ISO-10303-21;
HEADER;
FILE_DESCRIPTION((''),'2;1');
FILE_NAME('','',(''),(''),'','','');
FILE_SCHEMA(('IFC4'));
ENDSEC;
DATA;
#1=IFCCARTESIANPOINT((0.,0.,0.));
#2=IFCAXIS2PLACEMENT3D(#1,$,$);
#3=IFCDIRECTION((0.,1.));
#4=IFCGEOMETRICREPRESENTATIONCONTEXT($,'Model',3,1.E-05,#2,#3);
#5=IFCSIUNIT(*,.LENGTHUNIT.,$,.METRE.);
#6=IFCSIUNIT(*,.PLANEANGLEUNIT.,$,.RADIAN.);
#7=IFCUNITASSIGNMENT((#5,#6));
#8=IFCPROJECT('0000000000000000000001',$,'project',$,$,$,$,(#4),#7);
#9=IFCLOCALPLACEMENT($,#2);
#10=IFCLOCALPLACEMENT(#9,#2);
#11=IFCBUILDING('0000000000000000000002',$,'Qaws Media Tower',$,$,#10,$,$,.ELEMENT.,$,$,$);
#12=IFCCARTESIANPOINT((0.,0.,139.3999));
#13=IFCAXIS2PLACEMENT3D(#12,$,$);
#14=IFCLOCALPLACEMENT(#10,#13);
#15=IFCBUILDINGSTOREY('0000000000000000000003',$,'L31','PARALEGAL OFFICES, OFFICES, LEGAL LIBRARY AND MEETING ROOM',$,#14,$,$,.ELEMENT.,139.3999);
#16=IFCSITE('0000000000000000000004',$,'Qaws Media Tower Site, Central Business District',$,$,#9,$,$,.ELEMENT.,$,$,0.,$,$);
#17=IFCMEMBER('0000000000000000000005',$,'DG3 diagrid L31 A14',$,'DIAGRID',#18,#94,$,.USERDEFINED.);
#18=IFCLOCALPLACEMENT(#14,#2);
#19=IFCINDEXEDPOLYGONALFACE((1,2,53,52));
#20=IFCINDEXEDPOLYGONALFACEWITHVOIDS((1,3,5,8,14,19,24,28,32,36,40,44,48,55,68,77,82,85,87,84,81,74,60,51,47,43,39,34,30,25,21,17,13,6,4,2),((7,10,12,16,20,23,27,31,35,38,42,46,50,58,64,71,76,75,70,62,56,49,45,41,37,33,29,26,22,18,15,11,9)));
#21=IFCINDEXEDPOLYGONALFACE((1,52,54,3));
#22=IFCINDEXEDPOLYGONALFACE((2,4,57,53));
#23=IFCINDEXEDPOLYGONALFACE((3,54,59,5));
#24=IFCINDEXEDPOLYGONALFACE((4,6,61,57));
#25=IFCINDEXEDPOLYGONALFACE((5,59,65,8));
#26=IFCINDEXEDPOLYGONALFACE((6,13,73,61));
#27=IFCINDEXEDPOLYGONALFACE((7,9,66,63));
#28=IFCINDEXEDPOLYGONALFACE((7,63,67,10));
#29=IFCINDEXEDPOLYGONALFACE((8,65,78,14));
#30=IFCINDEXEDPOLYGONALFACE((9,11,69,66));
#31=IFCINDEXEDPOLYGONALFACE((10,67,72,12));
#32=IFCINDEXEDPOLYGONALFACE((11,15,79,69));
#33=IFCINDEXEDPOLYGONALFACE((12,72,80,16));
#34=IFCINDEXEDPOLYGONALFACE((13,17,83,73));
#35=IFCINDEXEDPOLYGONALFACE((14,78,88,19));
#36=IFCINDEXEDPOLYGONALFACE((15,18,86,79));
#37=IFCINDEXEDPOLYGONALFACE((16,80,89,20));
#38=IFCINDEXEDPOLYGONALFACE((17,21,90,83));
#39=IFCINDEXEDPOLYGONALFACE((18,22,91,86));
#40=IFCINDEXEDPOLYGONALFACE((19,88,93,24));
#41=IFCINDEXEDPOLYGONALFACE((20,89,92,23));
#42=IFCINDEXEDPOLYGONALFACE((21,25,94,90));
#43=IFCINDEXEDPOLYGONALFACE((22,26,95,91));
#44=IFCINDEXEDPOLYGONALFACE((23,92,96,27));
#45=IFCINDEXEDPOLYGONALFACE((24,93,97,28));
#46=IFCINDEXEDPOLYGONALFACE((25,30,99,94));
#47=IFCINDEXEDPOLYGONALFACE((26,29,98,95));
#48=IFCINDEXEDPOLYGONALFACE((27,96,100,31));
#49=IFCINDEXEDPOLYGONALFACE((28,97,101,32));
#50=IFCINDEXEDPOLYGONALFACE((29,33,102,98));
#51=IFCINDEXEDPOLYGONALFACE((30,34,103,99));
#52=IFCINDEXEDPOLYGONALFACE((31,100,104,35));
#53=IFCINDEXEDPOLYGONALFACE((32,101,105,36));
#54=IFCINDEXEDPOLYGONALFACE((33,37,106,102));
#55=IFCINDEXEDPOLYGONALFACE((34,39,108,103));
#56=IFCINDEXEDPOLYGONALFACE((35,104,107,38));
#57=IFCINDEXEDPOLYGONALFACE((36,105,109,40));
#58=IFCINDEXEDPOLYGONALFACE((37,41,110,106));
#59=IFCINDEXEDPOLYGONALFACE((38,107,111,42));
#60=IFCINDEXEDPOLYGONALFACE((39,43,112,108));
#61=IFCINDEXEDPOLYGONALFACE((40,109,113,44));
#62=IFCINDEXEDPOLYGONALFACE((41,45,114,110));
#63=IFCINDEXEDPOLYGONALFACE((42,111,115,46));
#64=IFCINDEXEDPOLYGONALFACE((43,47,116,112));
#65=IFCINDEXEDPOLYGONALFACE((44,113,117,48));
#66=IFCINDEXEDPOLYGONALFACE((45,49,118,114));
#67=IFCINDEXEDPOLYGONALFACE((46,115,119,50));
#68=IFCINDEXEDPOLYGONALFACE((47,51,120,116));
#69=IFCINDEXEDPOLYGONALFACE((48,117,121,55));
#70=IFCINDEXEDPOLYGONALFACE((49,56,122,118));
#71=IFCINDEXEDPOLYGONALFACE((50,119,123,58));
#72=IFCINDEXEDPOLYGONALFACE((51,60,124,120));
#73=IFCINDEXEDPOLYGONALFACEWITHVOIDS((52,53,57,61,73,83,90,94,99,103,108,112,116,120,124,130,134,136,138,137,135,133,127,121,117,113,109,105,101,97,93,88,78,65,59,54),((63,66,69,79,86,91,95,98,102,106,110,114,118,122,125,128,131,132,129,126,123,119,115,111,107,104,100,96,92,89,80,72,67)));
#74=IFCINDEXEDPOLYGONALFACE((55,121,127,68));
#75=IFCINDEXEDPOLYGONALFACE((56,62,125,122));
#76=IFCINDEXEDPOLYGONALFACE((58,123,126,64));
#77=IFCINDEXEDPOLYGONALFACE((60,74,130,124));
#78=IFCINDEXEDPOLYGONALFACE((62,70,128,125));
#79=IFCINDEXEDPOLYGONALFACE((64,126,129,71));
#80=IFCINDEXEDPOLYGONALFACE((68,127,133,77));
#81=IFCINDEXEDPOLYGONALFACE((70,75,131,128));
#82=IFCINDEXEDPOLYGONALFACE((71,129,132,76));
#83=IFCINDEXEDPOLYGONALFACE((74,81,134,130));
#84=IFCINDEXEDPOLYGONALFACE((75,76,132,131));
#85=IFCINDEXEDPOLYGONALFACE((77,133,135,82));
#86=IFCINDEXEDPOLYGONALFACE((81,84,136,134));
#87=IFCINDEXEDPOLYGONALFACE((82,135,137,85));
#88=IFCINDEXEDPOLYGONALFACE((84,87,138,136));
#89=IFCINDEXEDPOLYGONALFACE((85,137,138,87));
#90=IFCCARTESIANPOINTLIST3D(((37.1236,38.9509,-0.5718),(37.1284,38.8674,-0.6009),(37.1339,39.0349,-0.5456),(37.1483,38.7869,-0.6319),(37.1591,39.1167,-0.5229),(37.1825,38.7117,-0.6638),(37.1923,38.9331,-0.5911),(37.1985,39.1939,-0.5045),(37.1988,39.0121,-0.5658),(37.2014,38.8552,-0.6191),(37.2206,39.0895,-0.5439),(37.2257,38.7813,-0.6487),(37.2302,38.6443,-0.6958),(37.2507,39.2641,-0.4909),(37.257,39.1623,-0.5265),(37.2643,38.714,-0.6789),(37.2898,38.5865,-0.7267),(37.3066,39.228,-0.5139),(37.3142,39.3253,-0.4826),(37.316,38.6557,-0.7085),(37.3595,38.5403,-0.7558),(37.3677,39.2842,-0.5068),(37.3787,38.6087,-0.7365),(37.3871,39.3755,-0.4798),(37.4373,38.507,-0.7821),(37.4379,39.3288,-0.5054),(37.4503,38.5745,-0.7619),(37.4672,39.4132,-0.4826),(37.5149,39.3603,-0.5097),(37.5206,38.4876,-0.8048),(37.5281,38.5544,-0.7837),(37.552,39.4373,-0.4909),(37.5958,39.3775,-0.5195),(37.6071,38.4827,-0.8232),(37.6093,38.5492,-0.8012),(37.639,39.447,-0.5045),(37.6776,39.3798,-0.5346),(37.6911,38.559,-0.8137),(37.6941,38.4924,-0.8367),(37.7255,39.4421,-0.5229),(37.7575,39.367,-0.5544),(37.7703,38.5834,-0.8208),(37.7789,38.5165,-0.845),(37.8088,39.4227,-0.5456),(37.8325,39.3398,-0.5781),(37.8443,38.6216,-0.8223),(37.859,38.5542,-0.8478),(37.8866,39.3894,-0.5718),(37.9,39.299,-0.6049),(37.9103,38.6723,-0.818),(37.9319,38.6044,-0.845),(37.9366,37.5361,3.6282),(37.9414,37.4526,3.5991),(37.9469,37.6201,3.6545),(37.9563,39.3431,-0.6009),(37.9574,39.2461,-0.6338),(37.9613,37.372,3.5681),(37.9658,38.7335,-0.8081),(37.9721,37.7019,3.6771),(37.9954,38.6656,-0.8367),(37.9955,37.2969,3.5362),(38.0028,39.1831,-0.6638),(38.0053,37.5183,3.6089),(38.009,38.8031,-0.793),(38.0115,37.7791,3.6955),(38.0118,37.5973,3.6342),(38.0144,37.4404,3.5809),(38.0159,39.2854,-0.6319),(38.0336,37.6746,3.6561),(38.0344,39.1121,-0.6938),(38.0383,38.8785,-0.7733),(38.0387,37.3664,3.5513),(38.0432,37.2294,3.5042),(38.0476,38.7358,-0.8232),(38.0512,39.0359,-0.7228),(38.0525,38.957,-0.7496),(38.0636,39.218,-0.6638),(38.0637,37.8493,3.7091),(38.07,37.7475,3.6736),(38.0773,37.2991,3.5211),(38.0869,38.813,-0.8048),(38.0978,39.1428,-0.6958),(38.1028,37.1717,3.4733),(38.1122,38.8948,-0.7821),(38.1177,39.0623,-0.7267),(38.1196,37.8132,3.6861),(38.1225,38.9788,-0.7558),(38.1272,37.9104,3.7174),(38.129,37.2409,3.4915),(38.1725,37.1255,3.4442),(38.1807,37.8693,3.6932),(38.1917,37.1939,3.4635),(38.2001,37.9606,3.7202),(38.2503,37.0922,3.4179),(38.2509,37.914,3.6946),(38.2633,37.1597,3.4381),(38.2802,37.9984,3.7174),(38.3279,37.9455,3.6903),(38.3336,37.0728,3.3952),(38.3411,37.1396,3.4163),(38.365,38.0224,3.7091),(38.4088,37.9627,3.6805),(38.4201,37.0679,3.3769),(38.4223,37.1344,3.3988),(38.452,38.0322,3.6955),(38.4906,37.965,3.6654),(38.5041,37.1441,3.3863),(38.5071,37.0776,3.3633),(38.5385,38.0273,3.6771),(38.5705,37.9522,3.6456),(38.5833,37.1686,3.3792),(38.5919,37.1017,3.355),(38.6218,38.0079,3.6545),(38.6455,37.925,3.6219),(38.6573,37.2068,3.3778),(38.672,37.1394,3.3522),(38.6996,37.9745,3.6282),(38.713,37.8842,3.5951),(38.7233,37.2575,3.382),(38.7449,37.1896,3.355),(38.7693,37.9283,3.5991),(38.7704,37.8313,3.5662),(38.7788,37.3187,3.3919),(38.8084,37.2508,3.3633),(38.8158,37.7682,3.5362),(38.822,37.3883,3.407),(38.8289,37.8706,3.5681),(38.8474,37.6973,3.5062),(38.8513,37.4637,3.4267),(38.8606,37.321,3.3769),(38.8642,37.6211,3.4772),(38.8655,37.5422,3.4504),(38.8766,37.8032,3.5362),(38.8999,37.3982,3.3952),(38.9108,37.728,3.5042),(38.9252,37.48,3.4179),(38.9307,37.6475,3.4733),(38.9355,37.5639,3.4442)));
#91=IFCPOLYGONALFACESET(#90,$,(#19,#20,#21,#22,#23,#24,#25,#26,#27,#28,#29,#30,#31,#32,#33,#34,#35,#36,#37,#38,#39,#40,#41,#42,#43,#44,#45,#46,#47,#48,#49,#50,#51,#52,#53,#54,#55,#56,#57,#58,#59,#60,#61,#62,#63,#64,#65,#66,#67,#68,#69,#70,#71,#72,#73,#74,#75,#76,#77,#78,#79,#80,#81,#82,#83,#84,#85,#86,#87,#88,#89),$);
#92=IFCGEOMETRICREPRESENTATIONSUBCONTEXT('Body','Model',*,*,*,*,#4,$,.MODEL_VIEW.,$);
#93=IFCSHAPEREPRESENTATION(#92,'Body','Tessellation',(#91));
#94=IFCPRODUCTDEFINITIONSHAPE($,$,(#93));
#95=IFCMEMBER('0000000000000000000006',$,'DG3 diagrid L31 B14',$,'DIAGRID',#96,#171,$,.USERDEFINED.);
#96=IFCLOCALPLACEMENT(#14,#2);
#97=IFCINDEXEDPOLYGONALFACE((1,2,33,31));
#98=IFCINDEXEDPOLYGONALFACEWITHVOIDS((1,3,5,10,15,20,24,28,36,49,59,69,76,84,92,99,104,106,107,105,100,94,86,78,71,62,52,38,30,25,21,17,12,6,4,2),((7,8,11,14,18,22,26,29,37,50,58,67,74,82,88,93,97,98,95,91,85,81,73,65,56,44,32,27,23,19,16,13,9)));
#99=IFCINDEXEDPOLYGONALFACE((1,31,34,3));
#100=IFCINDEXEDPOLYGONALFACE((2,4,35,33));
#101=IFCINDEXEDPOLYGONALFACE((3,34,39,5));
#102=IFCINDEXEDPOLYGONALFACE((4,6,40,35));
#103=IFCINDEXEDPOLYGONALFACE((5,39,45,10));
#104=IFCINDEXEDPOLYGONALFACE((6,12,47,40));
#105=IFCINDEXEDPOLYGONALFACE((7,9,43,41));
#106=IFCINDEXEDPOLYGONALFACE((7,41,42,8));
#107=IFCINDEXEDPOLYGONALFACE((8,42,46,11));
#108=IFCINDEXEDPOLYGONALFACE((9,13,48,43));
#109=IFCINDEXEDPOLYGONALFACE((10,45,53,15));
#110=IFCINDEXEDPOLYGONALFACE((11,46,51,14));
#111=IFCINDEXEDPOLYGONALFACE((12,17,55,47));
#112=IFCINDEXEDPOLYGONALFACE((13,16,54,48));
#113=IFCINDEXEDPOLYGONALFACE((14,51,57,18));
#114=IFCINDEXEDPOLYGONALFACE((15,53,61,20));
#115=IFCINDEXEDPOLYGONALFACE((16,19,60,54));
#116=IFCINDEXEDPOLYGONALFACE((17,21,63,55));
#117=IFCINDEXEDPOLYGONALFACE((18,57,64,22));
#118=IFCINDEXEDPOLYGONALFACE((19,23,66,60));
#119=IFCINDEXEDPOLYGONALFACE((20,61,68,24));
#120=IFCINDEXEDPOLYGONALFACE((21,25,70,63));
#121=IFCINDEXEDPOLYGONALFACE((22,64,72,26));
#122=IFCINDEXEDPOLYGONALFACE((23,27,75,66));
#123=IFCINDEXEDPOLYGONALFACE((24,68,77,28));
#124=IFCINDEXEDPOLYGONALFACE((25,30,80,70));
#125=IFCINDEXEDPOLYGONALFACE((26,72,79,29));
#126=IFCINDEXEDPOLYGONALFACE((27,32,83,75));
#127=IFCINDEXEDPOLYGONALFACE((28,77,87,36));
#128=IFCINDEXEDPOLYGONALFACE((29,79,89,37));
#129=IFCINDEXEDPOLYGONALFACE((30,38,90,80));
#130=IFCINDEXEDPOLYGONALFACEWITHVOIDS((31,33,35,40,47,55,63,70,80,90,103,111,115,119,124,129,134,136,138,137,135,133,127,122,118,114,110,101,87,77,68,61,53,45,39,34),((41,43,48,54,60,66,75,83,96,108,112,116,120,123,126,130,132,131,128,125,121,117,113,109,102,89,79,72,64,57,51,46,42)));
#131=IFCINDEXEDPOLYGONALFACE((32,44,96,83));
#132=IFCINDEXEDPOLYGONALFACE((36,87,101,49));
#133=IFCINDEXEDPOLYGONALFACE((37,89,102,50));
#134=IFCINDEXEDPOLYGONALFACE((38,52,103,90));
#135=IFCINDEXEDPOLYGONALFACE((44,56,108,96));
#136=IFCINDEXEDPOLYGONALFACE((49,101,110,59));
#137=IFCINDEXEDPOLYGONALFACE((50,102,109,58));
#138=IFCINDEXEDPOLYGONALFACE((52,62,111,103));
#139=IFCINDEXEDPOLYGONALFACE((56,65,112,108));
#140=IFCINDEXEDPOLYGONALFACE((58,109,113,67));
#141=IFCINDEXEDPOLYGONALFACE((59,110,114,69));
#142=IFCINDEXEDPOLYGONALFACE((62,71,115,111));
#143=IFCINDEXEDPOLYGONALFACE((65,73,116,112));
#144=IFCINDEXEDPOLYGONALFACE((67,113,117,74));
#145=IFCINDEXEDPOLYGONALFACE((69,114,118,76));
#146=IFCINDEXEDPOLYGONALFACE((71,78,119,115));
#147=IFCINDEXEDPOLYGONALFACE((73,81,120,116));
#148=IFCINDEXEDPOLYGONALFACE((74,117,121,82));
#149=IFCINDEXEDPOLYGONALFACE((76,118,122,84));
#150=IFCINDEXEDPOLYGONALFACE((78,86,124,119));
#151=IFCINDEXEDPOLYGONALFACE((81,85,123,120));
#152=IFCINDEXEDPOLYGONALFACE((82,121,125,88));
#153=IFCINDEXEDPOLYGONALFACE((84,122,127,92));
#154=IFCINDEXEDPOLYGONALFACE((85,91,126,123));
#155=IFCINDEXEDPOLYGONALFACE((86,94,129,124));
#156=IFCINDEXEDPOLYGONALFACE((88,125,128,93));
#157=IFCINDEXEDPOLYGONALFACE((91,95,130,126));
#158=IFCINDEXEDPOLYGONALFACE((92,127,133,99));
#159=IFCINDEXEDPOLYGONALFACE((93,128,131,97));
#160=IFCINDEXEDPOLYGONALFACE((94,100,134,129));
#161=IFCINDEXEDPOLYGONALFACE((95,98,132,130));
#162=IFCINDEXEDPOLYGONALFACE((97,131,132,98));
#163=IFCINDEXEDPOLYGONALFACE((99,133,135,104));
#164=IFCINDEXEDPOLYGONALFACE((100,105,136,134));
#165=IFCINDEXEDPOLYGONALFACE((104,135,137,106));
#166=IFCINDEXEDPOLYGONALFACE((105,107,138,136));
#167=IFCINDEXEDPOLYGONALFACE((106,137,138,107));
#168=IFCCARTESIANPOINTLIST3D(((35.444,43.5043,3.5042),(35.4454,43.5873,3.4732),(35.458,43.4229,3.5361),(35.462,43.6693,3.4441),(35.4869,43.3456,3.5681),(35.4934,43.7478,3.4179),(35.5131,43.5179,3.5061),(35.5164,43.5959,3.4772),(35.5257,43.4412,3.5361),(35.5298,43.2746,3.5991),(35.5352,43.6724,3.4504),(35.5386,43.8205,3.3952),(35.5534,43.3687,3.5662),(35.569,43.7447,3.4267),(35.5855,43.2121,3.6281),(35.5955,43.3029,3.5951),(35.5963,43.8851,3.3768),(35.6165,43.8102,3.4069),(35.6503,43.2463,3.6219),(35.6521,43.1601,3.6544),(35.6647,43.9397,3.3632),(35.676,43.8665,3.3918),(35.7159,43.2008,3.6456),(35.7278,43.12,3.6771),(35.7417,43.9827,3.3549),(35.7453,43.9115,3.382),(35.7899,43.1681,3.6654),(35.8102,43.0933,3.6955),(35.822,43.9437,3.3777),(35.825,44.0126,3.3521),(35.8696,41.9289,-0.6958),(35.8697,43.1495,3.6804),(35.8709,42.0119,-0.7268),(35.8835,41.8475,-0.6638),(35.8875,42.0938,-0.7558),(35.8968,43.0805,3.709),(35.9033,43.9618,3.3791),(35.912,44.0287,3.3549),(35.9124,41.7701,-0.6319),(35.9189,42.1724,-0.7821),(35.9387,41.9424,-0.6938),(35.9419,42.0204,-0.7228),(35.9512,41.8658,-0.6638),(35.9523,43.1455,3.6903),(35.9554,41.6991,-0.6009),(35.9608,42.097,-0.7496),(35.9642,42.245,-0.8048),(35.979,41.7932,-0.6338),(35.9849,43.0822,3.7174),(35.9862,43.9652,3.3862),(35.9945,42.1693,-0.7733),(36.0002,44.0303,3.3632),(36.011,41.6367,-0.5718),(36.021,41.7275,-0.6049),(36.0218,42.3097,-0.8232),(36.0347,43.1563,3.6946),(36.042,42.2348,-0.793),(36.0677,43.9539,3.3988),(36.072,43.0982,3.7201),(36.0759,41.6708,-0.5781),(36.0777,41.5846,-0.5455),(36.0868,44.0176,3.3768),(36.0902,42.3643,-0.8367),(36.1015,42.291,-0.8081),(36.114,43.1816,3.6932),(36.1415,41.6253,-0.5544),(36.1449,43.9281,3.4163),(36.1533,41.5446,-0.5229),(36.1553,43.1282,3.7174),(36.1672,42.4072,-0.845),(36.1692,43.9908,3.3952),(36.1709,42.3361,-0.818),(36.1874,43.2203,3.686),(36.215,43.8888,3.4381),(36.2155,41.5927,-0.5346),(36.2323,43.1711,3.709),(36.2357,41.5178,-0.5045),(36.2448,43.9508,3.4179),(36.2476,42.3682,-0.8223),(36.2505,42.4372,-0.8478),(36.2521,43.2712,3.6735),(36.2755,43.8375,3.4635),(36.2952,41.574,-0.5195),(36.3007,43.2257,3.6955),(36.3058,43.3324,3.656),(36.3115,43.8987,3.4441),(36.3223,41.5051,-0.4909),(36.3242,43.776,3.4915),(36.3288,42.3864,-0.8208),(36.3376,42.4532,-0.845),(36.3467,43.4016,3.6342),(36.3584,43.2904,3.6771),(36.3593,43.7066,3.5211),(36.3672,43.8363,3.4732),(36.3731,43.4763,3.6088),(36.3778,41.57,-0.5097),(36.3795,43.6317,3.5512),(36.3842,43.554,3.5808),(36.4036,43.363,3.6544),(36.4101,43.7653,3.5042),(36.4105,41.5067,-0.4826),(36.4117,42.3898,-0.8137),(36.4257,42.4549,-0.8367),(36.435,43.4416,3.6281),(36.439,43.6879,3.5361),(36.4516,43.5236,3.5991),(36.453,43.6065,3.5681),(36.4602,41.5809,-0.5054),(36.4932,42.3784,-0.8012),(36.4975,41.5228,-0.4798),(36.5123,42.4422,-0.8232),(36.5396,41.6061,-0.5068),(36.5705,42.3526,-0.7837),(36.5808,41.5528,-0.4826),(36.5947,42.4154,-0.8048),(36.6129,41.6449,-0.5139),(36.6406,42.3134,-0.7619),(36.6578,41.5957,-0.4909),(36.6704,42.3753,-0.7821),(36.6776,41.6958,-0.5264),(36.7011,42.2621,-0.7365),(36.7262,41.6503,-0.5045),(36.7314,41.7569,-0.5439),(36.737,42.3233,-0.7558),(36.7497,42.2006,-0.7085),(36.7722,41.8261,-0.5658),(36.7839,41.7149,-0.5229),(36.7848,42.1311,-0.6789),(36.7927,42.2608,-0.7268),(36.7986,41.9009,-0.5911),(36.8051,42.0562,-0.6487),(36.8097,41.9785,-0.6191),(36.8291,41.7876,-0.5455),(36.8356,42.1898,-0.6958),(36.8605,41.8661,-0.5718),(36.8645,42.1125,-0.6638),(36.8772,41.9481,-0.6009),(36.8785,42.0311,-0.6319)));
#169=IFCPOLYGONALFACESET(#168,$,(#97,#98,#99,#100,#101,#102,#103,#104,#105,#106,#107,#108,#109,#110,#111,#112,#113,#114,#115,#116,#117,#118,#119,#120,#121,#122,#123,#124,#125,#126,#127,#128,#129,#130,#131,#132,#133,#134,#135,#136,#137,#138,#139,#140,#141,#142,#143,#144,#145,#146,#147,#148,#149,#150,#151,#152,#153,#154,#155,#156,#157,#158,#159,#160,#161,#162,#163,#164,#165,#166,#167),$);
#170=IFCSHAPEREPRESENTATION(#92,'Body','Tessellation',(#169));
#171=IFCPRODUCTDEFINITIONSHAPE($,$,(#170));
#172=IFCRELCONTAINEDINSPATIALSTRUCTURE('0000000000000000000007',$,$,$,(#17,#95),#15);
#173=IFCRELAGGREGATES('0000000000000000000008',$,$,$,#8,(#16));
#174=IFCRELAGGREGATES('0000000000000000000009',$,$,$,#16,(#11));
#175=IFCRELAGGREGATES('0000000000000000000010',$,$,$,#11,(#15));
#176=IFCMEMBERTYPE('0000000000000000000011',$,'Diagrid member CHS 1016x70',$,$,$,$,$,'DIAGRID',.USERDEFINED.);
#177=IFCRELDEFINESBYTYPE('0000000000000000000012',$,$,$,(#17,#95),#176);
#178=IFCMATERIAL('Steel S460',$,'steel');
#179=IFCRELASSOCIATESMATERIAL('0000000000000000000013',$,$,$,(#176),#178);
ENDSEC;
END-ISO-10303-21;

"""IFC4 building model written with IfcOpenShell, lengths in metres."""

from ifc_helpers import new_model, si_unit, direction, frame, origin, origin_2d, place, context, subcontext, project, spatial, hollow_circle, extrude, material, material_profile, profile_set, type_object, element, save


model = new_model("IFC4")

# Units and contexts
model_context = context("Model", 3, precision=1e-05, world=origin(), true_north=direction((0.0, 1.0)))
body_context = subcontext(model_context, "Body", "Model", "MODEL_VIEW")
ifc_project = project(units=[si_unit("LENGTHUNIT", "METRE"), si_unit("PLANEANGLEUNIT", "RADIAN")], contexts=[model_context])

# Site, building, storey
site_placement = place(None, origin())
site = spatial("IfcSite", under=ifc_project, at=site_placement, Name="Qaws Media Tower Site, Central Business District", CompositionType="ELEMENT", RefElevation=0.0)
building_placement = place(site_placement, origin())
building = spatial("IfcBuilding", under=site, at=building_placement, Name="Qaws Media Tower", CompositionType="ELEMENT")
storey_placement = place(building_placement, frame((0.0, 0.0, 139.3999)))
storey = spatial("IfcBuildingStorey", under=building, at=storey_placement, Name="L31", Description="PARALEGAL OFFICES, OFFICES, LEGAL LIBRARY AND MEETING ROOM", CompositionType="ELEMENT", Elevation=139.3999)

# Members
ifc_material_1 = material(Name="Steel S460", Category="steel")
ifc_material_profile_1 = material_profile(ifc_material_1, hollow_circle(Radius=0.5081, WallThickness=0.0701, at=origin_2d()), Name="CHS 1016x70")
ifc_profile_set_1 = profile_set([ifc_material_profile_1], Name="Steel S460")
member_type = type_object("IfcMemberType", Name="Diagrid member CHS 1016x70", ElementType="DIAGRID", PredefinedType="USERDEFINED", material=ifc_profile_set_1)
for number, where, z_axis, x_axis, name in (
    (1, (37.623, 38.9648, -0.6638), (0.180432, -0.313995, 0.932122), (0.867044, 0.498232, 0.0), "DG3 diagrid L31 A14"),
    (2, (36.374, 41.98, -0.6638), (-0.094441, 0.349643, 0.932111), (-0.965403, -0.260762, 0.0), "DG3 diagrid L31 B14"),
):
    element("IfcMember", number, at=place(storey_placement, frame(where, z_axis=z_axis, x_axis=x_axis)), inside=storey, type_object=member_type, Name=name, ObjectType="DIAGRID", PredefinedType="USERDEFINED", context=body_context, shape_type="SweptSolid", body=[
        extrude(hollow_circle(Radius=0.5081, WallThickness=0.0701, at=origin_2d()), origin(), (0.0, 0.0, 1.0), 4.5059),
    ])

save(model, "model.ifc")
